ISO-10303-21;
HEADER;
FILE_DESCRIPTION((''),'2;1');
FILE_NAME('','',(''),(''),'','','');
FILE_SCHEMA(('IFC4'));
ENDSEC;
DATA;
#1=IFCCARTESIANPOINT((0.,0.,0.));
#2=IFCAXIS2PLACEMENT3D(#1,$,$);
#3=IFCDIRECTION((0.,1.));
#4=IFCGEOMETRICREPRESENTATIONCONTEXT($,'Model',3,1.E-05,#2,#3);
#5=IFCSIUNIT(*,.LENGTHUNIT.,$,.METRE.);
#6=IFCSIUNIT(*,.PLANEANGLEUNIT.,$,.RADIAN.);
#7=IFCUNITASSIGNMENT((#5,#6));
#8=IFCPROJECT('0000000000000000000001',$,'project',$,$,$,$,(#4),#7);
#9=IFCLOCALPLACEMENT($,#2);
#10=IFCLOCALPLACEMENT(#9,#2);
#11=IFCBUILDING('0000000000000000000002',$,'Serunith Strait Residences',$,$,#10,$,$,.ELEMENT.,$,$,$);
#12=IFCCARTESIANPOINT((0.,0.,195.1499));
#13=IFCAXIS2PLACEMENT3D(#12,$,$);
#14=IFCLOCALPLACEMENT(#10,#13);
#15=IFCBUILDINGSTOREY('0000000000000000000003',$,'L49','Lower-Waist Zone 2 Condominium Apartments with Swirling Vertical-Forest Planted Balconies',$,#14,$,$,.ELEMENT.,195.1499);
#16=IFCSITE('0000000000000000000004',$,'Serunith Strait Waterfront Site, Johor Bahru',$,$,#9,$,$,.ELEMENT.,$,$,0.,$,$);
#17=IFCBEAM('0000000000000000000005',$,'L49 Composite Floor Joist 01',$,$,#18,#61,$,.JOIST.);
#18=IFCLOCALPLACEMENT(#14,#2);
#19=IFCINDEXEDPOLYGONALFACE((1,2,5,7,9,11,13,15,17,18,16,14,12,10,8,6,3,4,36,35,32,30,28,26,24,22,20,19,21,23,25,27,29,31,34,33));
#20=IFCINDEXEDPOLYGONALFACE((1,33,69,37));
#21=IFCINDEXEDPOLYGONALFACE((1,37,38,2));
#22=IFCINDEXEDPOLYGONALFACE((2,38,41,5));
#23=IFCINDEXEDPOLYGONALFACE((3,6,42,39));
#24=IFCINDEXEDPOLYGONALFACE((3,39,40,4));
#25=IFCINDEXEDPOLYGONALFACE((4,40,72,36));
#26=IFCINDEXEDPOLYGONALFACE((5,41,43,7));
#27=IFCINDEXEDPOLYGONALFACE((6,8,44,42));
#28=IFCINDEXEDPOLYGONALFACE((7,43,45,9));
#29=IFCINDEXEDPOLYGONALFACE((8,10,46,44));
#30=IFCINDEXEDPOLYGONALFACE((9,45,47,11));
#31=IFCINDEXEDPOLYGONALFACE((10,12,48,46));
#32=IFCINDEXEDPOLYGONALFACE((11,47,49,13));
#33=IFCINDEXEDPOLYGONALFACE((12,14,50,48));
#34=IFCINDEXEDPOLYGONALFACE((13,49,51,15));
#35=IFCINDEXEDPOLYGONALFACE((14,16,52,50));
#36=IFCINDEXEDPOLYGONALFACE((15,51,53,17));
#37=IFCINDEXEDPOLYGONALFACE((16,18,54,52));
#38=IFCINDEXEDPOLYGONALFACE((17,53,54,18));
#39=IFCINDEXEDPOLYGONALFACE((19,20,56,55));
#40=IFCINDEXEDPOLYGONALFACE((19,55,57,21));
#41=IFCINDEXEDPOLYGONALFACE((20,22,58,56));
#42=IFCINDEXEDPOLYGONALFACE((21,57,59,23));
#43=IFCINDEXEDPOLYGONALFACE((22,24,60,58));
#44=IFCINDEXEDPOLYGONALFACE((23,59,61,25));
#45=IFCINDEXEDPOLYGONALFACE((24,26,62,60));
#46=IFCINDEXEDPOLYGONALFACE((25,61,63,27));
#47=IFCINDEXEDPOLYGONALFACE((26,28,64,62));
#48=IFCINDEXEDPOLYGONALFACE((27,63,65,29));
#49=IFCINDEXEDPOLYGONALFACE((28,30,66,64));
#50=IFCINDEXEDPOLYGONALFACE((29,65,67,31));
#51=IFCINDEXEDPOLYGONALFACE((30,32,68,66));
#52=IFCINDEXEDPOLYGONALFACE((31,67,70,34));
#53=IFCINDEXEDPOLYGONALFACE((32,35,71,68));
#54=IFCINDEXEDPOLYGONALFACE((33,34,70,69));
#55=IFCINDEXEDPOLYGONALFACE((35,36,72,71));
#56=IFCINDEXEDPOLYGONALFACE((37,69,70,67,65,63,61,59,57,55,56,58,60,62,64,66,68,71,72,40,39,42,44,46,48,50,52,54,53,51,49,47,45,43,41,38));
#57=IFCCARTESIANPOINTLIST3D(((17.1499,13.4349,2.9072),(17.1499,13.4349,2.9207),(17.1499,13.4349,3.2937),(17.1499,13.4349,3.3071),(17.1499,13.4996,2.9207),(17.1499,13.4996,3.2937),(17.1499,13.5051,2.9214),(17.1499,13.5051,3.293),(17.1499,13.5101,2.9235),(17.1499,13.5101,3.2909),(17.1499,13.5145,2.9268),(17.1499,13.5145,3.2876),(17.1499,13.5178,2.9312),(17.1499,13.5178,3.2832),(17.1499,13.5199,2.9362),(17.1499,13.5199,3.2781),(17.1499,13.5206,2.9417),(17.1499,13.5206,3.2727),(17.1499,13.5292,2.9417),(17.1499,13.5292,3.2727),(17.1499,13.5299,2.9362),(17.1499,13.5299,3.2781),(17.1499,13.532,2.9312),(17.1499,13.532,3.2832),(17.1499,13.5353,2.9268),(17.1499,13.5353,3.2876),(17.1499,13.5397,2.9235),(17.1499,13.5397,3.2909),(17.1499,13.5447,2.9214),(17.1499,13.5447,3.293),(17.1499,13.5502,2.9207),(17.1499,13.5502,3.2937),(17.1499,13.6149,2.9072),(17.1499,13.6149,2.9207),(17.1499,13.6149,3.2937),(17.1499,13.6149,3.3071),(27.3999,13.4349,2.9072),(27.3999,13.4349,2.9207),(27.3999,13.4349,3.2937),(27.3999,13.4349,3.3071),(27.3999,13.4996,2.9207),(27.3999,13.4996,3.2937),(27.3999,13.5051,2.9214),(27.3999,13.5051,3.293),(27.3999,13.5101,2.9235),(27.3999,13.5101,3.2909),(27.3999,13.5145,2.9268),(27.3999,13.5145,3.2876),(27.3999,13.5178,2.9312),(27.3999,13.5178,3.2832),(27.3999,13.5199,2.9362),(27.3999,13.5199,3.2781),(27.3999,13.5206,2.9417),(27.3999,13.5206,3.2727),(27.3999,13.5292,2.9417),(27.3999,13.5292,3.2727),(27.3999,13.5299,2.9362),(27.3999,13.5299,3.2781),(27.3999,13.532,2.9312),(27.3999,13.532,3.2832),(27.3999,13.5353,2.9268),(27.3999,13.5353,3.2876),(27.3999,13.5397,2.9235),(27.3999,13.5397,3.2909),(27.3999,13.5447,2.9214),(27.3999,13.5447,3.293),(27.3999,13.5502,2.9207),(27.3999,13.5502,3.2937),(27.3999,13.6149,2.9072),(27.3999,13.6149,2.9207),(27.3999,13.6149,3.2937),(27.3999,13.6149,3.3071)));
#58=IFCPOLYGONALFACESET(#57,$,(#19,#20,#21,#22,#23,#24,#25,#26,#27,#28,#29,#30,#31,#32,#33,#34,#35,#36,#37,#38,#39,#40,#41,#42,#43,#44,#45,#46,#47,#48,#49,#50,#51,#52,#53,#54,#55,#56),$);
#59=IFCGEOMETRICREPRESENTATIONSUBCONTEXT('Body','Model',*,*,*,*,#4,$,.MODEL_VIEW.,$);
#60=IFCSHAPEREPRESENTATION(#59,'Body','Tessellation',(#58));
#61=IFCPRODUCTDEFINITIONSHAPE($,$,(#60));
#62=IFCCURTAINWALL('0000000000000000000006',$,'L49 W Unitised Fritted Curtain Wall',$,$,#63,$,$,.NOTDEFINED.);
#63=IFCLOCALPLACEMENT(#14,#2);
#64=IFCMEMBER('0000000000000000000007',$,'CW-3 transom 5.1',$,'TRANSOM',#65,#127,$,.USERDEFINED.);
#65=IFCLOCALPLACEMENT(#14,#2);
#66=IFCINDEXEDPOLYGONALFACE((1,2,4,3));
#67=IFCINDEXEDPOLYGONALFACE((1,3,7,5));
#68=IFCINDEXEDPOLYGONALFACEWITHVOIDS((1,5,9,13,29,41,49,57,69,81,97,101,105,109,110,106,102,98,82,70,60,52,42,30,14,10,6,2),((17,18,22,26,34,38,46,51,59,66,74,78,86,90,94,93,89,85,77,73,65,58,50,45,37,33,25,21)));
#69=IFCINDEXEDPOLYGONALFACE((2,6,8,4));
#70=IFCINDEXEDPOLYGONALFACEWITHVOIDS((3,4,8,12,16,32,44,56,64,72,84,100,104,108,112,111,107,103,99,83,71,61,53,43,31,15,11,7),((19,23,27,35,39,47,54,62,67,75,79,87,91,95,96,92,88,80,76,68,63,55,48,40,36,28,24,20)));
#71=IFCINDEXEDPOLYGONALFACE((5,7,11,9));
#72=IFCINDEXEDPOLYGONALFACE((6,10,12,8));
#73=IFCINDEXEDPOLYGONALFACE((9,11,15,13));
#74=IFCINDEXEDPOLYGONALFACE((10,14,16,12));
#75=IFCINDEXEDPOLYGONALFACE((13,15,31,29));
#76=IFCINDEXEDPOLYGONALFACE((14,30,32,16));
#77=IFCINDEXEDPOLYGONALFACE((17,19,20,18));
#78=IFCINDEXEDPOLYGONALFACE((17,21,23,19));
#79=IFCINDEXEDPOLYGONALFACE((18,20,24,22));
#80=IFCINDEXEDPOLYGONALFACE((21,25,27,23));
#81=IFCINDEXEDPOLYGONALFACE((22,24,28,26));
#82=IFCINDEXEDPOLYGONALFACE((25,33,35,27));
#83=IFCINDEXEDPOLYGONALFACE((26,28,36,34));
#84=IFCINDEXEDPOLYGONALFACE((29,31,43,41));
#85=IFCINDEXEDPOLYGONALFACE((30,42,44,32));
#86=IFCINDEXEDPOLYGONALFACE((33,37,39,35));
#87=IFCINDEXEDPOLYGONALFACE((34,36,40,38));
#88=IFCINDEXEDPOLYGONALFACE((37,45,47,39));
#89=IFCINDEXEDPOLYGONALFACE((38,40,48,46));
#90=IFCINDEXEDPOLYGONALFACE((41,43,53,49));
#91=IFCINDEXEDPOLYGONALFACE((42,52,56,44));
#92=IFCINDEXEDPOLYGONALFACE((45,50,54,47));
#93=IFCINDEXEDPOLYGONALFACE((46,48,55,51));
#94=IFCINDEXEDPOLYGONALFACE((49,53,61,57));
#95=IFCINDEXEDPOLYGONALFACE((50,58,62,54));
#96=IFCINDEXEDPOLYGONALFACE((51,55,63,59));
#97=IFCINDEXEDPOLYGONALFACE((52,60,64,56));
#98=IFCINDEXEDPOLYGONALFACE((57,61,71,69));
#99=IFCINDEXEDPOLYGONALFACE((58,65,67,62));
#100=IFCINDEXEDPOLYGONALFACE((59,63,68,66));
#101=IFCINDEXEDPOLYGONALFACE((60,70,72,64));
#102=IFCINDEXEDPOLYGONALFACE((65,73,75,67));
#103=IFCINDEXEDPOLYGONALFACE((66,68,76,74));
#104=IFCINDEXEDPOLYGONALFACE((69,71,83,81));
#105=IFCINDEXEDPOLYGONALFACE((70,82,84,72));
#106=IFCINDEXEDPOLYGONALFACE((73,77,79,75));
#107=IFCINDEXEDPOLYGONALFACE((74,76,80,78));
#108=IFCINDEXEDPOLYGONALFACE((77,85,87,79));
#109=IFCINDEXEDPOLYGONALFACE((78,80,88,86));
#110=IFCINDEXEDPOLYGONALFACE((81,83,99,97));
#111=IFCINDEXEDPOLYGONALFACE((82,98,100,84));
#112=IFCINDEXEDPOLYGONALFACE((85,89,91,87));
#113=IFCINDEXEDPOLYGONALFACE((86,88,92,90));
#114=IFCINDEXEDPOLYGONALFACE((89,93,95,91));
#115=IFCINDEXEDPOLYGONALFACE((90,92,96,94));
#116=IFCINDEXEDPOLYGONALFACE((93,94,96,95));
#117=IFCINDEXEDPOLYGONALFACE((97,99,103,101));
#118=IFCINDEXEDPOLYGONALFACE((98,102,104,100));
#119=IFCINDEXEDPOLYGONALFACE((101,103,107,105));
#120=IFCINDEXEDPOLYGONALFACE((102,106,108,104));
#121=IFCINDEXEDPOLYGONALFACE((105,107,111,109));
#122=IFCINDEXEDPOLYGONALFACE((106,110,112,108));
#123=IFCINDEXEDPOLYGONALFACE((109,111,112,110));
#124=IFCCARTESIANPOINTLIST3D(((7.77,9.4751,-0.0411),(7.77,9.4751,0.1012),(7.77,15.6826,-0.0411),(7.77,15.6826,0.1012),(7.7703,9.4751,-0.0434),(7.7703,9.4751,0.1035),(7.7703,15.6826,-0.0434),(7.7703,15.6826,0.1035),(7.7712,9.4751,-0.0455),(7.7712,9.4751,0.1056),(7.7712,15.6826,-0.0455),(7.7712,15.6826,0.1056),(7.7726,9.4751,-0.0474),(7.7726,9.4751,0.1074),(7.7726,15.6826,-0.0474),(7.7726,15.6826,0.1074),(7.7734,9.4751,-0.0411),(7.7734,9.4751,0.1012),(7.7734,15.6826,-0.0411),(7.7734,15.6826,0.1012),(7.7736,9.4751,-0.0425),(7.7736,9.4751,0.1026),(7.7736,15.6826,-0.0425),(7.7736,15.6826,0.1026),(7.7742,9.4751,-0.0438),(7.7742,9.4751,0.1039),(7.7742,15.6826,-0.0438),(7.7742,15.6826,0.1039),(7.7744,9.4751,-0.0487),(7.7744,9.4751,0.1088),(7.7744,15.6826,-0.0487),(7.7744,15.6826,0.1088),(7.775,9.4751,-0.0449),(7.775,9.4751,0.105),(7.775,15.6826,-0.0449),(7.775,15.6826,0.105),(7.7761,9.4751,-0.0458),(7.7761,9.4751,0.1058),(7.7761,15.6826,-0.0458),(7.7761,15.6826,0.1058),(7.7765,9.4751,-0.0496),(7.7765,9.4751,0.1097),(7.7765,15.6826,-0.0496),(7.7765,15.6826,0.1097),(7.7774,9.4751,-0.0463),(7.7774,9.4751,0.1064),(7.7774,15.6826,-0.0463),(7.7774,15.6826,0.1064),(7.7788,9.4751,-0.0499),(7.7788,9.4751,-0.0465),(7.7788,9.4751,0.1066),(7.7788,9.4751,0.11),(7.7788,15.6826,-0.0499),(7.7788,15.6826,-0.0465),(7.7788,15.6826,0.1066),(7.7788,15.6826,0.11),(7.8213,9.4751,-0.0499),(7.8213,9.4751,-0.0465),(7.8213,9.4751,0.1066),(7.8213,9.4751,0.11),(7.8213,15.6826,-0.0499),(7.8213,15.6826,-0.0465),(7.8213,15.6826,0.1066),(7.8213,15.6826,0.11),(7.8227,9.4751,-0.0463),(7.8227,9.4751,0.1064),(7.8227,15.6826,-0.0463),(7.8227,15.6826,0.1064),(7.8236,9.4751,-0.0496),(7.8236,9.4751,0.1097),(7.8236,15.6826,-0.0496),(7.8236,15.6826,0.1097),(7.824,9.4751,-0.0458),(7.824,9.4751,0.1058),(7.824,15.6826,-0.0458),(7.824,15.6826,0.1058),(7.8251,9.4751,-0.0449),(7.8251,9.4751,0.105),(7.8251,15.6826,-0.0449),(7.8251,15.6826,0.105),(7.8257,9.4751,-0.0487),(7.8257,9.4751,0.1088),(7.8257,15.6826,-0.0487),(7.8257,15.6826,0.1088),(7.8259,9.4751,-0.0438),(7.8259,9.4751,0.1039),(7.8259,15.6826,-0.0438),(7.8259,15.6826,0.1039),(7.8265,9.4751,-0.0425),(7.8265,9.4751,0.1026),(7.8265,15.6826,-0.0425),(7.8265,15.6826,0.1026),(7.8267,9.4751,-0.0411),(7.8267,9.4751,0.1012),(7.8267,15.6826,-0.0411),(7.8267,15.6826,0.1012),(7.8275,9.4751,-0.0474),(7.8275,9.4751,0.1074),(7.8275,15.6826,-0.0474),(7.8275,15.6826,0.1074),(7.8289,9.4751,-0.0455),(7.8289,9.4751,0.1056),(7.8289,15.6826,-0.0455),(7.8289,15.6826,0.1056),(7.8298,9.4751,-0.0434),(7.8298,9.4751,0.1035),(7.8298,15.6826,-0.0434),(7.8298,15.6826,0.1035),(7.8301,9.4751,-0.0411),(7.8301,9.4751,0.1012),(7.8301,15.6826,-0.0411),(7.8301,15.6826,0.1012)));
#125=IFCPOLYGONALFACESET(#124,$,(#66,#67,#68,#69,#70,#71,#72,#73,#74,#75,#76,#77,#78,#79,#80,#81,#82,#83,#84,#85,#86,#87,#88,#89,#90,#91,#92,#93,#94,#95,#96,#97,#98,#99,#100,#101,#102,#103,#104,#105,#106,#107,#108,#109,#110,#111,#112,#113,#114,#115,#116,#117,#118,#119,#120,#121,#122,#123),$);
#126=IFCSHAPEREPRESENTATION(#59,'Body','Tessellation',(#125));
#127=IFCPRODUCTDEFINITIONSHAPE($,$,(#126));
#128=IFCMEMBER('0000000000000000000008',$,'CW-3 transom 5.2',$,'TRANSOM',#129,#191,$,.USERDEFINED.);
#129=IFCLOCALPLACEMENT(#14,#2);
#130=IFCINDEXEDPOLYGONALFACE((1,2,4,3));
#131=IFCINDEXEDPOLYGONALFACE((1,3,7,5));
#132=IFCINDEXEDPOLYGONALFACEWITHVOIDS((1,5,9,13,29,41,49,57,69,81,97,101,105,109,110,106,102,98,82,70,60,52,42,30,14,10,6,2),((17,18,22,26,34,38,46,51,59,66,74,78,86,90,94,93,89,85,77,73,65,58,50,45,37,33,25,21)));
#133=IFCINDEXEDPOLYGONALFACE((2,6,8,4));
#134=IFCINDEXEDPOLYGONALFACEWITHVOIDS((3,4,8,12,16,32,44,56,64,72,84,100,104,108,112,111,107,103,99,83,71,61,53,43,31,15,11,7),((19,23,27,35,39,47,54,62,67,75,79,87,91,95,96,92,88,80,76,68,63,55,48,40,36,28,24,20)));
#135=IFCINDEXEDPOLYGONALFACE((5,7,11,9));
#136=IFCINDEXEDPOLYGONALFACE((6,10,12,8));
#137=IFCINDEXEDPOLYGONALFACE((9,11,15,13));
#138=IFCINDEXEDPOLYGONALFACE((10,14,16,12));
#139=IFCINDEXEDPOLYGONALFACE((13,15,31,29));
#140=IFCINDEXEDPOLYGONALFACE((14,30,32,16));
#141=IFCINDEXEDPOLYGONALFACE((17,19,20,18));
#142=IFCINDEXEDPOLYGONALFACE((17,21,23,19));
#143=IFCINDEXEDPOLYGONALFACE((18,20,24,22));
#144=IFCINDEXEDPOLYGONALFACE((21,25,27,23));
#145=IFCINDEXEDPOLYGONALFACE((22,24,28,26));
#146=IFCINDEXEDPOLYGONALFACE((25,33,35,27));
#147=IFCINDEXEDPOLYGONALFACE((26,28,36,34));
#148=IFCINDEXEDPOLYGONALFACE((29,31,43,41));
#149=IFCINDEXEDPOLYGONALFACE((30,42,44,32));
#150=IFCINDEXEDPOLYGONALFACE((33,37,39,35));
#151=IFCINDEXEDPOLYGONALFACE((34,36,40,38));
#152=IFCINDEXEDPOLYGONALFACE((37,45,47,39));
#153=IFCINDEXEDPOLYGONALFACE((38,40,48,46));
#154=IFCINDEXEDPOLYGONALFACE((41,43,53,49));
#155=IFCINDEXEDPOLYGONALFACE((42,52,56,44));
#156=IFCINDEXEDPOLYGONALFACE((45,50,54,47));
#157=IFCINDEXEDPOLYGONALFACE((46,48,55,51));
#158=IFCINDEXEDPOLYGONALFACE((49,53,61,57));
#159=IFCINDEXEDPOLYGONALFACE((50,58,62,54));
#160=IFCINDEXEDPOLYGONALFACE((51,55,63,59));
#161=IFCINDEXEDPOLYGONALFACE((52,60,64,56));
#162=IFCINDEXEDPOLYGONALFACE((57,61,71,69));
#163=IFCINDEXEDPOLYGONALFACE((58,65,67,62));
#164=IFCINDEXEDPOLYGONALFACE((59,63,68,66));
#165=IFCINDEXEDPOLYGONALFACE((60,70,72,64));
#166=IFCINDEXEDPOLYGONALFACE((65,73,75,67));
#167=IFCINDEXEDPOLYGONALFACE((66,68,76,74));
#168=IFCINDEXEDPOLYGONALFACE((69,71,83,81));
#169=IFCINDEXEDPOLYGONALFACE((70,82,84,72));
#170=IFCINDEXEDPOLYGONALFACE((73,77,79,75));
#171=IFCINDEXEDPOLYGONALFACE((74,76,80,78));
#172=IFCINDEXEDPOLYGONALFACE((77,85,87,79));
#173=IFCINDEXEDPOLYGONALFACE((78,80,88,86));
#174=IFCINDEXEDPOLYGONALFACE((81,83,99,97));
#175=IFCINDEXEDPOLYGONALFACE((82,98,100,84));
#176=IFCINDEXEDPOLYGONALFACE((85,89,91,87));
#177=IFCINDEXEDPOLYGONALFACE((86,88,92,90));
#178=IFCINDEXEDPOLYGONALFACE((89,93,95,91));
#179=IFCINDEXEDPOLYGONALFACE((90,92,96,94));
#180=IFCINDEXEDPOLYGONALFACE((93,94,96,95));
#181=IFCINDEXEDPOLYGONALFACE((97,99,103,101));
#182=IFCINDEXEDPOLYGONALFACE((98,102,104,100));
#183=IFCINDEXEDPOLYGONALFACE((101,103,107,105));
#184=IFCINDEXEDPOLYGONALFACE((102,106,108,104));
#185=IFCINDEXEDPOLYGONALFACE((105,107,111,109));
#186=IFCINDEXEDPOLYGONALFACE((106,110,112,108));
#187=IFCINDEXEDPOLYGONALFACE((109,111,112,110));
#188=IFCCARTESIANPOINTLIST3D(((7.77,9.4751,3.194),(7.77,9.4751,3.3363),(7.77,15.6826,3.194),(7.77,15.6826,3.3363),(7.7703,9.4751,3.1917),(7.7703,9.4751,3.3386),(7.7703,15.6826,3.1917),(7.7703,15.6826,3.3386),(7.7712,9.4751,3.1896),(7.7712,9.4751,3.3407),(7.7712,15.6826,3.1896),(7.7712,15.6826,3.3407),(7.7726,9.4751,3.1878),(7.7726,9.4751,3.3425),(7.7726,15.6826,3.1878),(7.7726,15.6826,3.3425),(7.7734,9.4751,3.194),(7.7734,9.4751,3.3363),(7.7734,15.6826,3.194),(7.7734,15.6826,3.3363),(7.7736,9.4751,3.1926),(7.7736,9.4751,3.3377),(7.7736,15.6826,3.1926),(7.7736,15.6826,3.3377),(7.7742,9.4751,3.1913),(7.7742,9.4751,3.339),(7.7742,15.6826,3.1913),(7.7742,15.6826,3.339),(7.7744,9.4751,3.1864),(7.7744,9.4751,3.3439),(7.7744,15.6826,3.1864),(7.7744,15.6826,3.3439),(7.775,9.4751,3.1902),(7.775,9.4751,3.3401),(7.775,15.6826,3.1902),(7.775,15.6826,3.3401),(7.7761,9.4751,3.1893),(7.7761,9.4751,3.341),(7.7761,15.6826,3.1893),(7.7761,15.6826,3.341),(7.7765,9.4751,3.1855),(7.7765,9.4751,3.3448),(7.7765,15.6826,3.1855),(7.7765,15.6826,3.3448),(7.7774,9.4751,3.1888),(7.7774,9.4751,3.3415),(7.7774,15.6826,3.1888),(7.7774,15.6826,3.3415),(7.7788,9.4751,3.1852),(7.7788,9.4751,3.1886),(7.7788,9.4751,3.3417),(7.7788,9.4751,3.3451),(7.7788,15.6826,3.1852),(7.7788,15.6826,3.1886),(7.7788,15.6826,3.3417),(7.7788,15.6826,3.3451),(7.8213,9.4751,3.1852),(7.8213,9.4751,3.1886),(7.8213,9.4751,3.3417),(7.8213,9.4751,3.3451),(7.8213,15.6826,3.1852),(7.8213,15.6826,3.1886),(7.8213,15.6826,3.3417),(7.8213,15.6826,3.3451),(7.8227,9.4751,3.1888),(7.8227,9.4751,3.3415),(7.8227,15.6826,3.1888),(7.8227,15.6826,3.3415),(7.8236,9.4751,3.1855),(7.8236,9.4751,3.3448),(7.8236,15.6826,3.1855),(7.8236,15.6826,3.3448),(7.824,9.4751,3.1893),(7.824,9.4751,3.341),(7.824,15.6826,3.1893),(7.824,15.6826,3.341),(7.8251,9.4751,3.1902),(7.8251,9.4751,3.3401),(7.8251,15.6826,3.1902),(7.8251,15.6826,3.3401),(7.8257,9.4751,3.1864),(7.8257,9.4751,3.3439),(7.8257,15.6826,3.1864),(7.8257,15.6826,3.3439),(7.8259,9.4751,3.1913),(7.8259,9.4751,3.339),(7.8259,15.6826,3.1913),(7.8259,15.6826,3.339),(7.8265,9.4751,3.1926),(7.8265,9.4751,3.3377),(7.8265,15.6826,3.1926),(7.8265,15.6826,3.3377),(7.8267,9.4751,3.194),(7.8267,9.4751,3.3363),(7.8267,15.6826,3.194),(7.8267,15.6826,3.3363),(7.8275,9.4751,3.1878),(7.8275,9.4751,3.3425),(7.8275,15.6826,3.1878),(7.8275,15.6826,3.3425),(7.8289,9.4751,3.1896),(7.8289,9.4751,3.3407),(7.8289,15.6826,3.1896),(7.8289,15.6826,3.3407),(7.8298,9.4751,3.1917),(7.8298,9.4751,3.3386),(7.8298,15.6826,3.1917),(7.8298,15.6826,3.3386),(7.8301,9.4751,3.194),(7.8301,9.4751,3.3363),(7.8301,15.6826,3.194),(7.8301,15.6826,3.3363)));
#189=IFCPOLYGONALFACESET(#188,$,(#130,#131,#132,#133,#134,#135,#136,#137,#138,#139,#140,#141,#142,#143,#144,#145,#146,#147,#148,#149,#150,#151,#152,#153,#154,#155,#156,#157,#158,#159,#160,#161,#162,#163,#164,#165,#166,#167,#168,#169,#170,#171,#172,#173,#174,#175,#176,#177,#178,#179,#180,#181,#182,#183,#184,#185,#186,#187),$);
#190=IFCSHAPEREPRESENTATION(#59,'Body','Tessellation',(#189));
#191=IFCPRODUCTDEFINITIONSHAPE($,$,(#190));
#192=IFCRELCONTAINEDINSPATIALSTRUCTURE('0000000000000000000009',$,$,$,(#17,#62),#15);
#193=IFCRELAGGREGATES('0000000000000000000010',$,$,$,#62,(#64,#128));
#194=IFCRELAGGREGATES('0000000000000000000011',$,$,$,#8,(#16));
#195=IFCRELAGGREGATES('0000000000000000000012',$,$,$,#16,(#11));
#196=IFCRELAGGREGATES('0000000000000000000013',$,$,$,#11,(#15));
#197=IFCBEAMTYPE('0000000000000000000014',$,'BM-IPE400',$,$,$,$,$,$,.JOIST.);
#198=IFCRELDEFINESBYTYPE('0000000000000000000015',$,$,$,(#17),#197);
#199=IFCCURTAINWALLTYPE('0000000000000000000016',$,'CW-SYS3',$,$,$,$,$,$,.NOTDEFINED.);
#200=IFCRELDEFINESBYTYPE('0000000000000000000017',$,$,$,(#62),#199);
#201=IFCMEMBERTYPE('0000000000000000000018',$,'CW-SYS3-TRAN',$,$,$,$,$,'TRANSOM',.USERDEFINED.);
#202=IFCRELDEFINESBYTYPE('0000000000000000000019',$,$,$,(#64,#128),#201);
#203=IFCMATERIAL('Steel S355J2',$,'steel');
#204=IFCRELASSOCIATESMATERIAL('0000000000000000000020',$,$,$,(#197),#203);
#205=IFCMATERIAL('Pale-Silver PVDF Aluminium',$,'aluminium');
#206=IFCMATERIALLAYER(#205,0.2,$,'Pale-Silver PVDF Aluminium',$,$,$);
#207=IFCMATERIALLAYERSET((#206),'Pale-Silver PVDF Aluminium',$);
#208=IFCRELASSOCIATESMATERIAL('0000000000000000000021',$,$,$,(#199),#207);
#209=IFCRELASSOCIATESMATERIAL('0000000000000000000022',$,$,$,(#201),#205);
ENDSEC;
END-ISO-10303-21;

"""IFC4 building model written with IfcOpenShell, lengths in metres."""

from ifc_helpers import new_model, si_unit, direction, frame, origin, origin_2d, place, context, subcontext, project, spatial, hollow_rectangle, i_section, extrude, source, transform, mapped, material, layer, layer_set, material_profile, profile_set, type_object, element, aggregate, save


model = new_model("IFC4")

# Units and contexts
model_context = context("Model", 3, precision=1e-05, world=origin(), true_north=direction((0.0, 1.0)))
body_context = subcontext(model_context, "Body", "Model", "MODEL_VIEW")
ifc_project = project(units=[si_unit("LENGTHUNIT", "METRE"), si_unit("PLANEANGLEUNIT", "RADIAN")], contexts=[model_context])

# Site, building, storey
site_placement = place(None, origin())
site = spatial("IfcSite", under=ifc_project, at=site_placement, Name="Serunith Strait Waterfront Site, Johor Bahru", CompositionType="ELEMENT", RefElevation=0.0)
building_placement = place(site_placement, origin())
building = spatial("IfcBuilding", under=site, at=building_placement, Name="Serunith Strait Residences", CompositionType="ELEMENT")
storey_placement = place(building_placement, frame((0.0, 0.0, 195.1499)))
storey = spatial("IfcBuildingStorey", under=building, at=storey_placement, Name="L49", Description="Lower-Waist Zone 2 Condominium Apartments with Swirling Vertical-Forest Planted Balconies", CompositionType="ELEMENT", Elevation=195.1499)

# Beam
ifc_material_1 = material(Name="Steel S355J2", Category="steel")
ifc_material_profile_1 = material_profile(ifc_material_1, i_section(OverallWidth=0.1799, OverallDepth=0.3999, WebThickness=0.0085, FlangeThickness=0.0134, FilletRadius=0.021, at=origin_2d()), Name="IPE 400")
ifc_profile_set_1 = profile_set([ifc_material_profile_1], Name="Steel S355J2")
beam_type_1 = type_object("IfcBeamType", Name="BM-IPE400", PredefinedType="JOIST", material=ifc_profile_set_1)
shared_shape_1 = source(origin(), body_context, "Body", "SweptSolid", [
    extrude(i_section(OverallWidth=0.1799, OverallDepth=0.3999, WebThickness=0.0085, FlangeThickness=0.0134, FilletRadius=0.021, at=origin_2d()), origin(), (0.0, 0.0, 1.0), 10.25),
])
beam_1_placement = place(storey_placement, frame((17.1499, 13.5249, 3.1072), z_axis=(1.0, 0.0, 0.0), x_axis=(0.0, 1.0, 0.0)))
element("IfcBeam", 1, at=beam_1_placement, inside=storey, type_object=beam_type_1, Name="L49 Composite Floor Joist 01", PredefinedType="JOIST", context=body_context, shape_type="MappedRepresentation", body=[
    mapped(shared_shape_1, transform((0.0, 0.0, 0.0), scale=1.0)),
])

# Curtain wall, members
ifc_material_2 = material(Name="Pale-Silver PVDF Aluminium", Category="aluminium")
ifc_layer_1 = layer(ifc_material_2, 0.2, Name="Pale-Silver PVDF Aluminium")
ifc_layer_set_1 = layer_set([ifc_layer_1], Name="Pale-Silver PVDF Aluminium")
curtain_wall_type = type_object("IfcCurtainWallType", Name="CW-SYS3", PredefinedType="NOTDEFINED", material=ifc_layer_set_1)
curtain_wall_placement = place(storey_placement, origin())
curtain_wall = element("IfcCurtainWall", 2, at=curtain_wall_placement, inside=storey, type_object=curtain_wall_type, Name="L49 W Unitised Fritted Curtain Wall", PredefinedType="NOTDEFINED")
ifc_material_profile_2 = material_profile(ifc_material_2, hollow_rectangle(XDim=0.0601, YDim=0.1599, WallThickness=0.0034, InnerFilletRadius=0.0054, OuterFilletRadius=0.0088, at=origin_2d()), Name="ALU 160x60x3.5")
ifc_profile_set_2 = profile_set([ifc_material_profile_2], Name="Pale-Silver PVDF Aluminium")
member_type_1 = type_object("IfcMemberType", Name="CW-SYS3-TRAN", ElementType="TRANSOM", PredefinedType="USERDEFINED", material=ifc_profile_set_2)
shared_shape_2 = source(origin(), body_context, "Body", "SweptSolid", [
    extrude(hollow_rectangle(XDim=0.0601, YDim=0.1599, WallThickness=0.0034, InnerFilletRadius=0.0054, OuterFilletRadius=0.0088, at=origin_2d()), origin(), (0.0, 0.0, 1.0), 6.2075),
])
member_1_placement = place(storey_placement, frame((7.8, 15.6826, 0.03), z_axis=(0.0, -1.0, 0.0), x_axis=(1.0, 0.0, 0.0)))
member_1 = element("IfcMember", 3, at=member_1_placement, type_object=member_type_1, Name="CW-3 transom 5.1", ObjectType="TRANSOM", PredefinedType="USERDEFINED", context=body_context, shape_type="MappedRepresentation", body=[
    mapped(shared_shape_2, transform((0.0, 0.0, 0.0), scale=1.0)),
])
member_2_placement = place(storey_placement, frame((7.8, 15.6826, 3.2651), z_axis=(0.0, -1.0, 0.0), x_axis=(1.0, 0.0, 0.0)))
member_2 = element("IfcMember", 4, at=member_2_placement, type_object=member_type_1, Name="CW-3 transom 5.2", ObjectType="TRANSOM", PredefinedType="USERDEFINED", context=body_context, shape_type="MappedRepresentation", body=[
    mapped(shared_shape_2, transform((0.0, 0.0, 0.0), scale=1.0)),
])
aggregate(curtain_wall, [member_1, member_2])

save(model, "model.ifc")
